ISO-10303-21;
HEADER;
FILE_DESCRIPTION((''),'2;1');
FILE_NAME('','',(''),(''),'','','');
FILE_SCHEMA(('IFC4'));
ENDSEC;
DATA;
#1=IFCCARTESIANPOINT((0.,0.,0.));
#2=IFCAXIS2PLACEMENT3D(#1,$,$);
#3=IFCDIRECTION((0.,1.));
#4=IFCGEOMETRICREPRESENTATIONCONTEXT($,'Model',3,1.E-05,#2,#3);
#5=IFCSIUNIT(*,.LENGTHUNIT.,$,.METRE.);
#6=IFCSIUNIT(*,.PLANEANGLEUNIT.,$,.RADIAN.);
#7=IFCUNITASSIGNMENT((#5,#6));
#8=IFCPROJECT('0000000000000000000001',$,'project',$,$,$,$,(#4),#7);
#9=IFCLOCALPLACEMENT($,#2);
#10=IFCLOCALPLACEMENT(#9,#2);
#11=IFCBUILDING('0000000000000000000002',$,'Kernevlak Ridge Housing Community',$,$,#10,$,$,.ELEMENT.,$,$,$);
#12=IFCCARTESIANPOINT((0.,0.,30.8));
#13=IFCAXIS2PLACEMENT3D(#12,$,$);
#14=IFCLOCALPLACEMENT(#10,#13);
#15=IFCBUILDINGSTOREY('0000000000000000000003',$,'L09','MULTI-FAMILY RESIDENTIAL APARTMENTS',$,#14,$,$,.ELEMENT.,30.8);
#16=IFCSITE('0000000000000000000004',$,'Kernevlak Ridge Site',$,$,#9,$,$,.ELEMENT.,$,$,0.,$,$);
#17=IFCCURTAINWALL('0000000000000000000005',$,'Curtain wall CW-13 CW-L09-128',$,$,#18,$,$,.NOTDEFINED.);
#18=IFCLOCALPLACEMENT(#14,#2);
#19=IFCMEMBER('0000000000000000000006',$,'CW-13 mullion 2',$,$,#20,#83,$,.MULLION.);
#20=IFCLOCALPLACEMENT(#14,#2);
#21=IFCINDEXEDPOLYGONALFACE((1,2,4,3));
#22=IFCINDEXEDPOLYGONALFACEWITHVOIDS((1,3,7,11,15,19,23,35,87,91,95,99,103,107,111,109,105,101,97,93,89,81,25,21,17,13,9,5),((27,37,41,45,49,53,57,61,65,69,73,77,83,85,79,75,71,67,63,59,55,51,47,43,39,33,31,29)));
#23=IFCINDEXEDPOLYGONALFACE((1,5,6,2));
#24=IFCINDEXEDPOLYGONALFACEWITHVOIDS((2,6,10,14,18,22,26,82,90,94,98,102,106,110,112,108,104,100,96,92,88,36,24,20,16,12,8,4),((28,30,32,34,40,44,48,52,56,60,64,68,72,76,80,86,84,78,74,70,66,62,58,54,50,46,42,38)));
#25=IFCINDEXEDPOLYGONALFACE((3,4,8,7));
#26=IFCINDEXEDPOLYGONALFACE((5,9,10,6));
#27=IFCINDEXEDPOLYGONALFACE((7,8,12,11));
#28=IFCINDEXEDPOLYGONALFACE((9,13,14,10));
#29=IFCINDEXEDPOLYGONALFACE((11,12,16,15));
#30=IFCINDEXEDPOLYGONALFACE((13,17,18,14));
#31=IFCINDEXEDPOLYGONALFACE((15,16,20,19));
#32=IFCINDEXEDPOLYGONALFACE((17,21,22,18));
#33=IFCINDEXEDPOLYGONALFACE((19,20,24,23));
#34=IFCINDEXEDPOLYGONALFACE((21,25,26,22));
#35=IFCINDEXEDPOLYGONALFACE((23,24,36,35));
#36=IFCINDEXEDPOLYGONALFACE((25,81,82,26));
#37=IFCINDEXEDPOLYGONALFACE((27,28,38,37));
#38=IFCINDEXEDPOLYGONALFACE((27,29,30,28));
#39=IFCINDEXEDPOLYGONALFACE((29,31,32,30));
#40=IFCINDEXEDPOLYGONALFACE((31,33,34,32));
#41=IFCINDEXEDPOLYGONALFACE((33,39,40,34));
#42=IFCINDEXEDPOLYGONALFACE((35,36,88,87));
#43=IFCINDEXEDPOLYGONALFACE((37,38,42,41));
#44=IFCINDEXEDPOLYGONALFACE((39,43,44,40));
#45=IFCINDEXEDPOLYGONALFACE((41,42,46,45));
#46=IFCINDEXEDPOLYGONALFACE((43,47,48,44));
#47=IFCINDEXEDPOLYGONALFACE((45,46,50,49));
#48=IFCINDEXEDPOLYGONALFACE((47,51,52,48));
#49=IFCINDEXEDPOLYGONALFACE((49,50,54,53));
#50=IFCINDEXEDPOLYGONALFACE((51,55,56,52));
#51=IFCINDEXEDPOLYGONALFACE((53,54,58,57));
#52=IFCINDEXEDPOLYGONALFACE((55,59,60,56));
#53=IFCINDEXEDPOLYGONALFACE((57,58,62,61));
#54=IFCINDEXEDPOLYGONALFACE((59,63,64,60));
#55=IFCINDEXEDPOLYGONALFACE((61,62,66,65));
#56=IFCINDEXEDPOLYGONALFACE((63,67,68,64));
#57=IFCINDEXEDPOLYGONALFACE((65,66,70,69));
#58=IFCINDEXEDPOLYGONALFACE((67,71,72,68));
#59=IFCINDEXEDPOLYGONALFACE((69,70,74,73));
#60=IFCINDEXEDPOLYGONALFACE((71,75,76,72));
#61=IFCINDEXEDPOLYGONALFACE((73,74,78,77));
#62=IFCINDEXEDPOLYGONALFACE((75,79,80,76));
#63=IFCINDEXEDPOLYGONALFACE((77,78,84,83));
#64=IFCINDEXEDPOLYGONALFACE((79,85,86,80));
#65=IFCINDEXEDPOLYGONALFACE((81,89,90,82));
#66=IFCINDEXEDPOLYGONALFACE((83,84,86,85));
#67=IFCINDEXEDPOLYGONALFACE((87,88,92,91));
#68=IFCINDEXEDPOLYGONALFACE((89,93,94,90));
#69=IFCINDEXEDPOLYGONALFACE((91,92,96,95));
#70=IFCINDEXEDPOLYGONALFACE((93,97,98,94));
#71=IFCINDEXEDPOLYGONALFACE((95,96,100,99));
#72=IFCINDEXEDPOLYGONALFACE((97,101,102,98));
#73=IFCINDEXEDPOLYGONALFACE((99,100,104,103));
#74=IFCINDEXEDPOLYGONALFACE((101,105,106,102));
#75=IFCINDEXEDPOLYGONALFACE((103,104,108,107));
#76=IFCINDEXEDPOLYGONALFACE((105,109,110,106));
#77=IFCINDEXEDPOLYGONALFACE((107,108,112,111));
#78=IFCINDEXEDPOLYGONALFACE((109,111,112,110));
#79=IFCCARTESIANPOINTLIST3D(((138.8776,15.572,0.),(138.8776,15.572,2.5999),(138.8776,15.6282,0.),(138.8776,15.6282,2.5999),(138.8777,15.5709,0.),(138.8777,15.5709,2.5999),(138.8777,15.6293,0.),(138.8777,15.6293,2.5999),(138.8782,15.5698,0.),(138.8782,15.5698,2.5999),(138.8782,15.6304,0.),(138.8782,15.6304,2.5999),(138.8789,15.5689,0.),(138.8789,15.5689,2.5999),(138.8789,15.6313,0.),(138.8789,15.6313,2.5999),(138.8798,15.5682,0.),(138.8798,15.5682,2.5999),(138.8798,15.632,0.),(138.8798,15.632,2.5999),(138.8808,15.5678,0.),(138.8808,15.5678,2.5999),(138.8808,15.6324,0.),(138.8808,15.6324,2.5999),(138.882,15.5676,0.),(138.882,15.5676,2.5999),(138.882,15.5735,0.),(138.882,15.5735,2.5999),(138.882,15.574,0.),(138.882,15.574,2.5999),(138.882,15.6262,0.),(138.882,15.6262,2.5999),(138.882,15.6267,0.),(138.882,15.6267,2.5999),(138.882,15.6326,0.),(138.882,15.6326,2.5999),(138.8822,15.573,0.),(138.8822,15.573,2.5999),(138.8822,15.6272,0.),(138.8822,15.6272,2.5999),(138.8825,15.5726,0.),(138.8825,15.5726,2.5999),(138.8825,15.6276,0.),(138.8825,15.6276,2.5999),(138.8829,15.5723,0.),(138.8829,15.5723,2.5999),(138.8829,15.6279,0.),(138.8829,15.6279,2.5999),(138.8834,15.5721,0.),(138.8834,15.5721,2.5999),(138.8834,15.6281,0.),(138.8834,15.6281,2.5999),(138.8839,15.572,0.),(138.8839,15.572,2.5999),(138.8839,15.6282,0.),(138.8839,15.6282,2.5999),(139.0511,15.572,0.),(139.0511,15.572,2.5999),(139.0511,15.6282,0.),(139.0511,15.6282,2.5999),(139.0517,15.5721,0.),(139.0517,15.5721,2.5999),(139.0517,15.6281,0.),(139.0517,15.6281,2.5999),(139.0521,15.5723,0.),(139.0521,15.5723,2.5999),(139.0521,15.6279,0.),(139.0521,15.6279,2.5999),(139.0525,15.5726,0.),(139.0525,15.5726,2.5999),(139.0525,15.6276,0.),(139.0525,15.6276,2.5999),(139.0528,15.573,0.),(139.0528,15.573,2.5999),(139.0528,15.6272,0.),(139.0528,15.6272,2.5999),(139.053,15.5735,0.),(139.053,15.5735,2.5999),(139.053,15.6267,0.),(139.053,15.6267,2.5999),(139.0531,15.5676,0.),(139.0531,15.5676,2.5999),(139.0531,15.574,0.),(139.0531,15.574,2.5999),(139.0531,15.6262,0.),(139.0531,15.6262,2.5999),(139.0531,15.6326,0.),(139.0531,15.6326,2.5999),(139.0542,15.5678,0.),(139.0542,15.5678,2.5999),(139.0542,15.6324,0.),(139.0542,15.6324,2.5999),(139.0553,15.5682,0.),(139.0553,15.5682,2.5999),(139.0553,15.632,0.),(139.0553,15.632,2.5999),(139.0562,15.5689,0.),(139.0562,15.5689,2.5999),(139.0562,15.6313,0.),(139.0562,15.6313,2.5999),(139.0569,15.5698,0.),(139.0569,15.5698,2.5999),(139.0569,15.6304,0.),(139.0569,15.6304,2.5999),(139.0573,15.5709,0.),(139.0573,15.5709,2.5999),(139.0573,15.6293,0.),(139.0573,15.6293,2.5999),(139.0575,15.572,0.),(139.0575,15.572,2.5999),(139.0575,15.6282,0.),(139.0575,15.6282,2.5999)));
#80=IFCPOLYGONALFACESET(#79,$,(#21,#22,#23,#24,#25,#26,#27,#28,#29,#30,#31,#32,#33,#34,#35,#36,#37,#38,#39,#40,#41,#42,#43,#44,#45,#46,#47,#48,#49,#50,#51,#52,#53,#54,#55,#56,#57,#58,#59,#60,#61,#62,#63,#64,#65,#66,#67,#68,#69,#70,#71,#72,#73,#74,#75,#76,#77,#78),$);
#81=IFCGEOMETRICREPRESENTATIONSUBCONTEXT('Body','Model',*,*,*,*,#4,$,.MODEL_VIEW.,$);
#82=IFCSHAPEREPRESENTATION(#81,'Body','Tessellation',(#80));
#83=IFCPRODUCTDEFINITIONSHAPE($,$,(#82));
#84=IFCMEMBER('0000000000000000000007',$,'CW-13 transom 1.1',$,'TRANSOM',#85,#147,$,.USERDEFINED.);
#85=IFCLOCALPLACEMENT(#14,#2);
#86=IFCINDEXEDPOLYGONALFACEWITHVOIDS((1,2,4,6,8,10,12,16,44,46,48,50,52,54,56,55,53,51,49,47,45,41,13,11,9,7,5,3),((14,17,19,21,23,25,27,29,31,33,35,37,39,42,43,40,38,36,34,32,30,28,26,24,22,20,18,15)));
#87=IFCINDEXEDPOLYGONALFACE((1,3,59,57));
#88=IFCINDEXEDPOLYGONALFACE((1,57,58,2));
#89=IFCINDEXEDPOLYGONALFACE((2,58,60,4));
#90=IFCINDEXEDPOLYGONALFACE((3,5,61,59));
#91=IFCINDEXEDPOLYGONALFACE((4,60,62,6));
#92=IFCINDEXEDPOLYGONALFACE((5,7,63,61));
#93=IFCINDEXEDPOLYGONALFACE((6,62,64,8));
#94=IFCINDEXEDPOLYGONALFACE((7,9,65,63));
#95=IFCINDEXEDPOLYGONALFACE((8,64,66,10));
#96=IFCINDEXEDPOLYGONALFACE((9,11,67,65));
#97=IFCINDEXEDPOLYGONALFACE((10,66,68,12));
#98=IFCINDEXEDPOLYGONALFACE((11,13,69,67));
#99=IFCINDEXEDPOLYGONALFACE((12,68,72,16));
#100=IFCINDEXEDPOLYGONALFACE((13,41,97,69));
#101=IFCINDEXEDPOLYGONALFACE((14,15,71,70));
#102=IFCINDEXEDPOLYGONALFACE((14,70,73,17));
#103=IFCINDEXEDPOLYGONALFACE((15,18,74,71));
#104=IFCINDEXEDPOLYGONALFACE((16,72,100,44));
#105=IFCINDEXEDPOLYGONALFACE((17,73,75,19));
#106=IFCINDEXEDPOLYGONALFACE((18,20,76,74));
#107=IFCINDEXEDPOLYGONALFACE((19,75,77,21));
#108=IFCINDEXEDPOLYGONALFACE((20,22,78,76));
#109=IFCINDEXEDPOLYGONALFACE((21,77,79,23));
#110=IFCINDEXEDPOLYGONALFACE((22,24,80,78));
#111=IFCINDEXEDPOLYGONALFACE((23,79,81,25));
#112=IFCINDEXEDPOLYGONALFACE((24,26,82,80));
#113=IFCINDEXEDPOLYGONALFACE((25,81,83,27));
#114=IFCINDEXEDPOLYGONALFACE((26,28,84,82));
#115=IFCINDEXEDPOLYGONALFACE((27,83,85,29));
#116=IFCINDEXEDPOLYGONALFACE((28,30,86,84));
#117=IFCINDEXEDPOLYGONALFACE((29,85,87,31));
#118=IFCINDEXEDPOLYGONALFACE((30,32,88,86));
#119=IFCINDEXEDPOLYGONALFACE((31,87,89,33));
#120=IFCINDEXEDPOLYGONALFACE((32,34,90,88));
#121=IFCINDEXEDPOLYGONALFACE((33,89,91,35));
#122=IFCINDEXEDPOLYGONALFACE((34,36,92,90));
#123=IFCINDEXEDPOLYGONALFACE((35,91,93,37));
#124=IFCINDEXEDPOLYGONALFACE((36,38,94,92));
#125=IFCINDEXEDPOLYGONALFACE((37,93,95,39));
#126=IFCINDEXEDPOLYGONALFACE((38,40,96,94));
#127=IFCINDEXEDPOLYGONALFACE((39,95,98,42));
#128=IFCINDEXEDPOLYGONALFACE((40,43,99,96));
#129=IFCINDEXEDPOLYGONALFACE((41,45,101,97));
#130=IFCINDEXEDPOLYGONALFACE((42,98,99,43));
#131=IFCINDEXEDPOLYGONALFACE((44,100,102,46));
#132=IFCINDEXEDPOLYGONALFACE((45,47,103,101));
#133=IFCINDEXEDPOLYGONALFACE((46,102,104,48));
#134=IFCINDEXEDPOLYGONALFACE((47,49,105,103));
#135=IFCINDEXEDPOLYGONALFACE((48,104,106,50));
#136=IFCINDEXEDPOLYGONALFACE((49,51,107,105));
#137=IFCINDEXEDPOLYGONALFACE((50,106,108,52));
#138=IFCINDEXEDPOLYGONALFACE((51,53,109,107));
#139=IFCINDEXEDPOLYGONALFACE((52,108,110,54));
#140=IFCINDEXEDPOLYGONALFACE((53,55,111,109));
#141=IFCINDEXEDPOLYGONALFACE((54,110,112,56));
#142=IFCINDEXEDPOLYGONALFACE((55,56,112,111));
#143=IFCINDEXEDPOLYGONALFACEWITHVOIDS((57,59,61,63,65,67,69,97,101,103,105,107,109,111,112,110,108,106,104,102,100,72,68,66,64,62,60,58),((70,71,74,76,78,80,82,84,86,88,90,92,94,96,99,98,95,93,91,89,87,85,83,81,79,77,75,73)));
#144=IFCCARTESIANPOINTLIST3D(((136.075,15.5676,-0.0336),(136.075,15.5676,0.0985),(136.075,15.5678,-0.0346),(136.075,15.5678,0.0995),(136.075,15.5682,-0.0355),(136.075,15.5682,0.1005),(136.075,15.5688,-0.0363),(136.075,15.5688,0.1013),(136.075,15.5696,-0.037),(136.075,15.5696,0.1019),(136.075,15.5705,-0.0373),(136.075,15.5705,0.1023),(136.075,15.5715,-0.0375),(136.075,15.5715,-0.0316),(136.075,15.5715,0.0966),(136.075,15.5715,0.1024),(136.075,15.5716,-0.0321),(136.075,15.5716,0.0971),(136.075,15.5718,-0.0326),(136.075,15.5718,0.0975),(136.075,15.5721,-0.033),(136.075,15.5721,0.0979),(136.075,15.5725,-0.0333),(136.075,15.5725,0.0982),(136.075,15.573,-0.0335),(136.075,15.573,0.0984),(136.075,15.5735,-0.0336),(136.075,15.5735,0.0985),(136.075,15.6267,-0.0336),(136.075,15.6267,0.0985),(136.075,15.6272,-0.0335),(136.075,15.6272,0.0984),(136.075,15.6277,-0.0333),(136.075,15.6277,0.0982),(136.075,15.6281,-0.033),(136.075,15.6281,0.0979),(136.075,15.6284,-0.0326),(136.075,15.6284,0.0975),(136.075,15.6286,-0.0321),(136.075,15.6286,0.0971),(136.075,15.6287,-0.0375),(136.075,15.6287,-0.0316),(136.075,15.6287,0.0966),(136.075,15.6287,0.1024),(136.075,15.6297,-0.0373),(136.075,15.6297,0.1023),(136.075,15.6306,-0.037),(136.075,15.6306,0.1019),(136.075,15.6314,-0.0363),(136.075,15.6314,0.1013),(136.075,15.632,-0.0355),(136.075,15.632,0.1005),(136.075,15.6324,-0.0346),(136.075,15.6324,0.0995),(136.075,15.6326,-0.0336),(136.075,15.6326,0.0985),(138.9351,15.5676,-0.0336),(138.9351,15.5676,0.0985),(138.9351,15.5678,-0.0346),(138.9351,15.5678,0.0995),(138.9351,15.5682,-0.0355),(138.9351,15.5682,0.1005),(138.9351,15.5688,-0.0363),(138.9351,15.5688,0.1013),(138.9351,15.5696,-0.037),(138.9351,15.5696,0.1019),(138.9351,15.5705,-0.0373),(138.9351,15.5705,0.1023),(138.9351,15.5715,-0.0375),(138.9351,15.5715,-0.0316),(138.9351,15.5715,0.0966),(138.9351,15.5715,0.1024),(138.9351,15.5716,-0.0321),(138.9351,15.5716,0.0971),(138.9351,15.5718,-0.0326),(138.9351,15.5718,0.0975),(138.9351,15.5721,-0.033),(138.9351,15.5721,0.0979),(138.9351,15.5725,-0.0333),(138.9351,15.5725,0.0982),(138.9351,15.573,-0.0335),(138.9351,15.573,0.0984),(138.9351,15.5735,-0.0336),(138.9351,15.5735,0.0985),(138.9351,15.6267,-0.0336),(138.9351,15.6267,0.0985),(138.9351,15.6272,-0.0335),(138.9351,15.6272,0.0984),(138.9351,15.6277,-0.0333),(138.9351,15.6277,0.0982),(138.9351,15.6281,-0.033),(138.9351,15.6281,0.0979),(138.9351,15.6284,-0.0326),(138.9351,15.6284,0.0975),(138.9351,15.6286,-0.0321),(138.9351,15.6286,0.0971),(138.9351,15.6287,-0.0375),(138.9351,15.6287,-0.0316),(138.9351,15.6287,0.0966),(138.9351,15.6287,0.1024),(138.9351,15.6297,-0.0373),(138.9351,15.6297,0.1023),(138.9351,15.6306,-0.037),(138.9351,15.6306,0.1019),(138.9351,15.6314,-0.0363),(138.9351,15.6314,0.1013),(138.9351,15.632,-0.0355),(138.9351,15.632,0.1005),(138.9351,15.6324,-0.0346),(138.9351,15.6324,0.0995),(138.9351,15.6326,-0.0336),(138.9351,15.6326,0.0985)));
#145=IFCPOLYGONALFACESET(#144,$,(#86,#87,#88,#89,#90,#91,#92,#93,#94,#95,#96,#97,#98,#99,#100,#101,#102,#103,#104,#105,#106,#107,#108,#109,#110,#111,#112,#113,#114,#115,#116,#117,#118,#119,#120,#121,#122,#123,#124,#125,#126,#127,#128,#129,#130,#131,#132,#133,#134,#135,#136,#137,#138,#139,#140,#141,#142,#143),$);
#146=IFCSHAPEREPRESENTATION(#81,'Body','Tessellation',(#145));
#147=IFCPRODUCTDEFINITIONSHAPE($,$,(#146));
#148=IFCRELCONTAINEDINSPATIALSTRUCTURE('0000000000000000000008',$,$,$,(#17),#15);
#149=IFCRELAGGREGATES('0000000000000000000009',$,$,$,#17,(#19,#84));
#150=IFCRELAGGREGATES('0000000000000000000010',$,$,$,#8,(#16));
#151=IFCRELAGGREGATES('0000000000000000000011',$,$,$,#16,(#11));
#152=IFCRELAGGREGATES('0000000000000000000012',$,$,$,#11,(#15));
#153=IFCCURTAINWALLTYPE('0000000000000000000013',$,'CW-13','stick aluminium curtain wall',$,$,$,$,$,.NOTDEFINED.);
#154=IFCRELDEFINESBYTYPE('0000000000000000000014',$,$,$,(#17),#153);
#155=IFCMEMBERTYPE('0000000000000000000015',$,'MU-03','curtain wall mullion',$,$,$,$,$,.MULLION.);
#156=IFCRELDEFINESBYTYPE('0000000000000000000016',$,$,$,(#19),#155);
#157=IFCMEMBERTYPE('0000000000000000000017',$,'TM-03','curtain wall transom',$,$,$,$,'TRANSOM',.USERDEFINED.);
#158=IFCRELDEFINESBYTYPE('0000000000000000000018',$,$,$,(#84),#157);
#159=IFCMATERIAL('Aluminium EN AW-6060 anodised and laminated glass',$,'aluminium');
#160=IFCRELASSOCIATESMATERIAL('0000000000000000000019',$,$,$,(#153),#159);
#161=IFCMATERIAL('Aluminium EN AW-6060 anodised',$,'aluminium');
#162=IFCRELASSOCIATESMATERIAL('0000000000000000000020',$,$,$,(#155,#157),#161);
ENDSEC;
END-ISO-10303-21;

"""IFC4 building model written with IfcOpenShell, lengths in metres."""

from ifc_helpers import new_model, si_unit, direction, frame, origin, origin_2d, place, context, subcontext, project, spatial, hollow_rectangle, extrude, material, material_profile, profile_set, type_object, element, aggregate, save


model = new_model("IFC4")

# Units and contexts
model_context = context("Model", 3, precision=1e-05, world=origin(), true_north=direction((0.0, 1.0)))
body_context = subcontext(model_context, "Body", "Model", "MODEL_VIEW")
ifc_project = project(units=[si_unit("LENGTHUNIT", "METRE"), si_unit("PLANEANGLEUNIT", "RADIAN")], contexts=[model_context])

# Site, building, storey
site_placement = place(None, origin())
site = spatial("IfcSite", under=ifc_project, at=site_placement, Name="Kernevlak Ridge Site", CompositionType="ELEMENT", RefElevation=0.0)
building_placement = place(site_placement, origin())
building = spatial("IfcBuilding", under=site, at=building_placement, Name="Kernevlak Ridge Housing Community", CompositionType="ELEMENT")
storey_placement = place(building_placement, frame((0.0, 0.0, 30.8)))
storey = spatial("IfcBuildingStorey", under=building, at=storey_placement, Name="L09", Description="MULTI-FAMILY RESIDENTIAL APARTMENTS", CompositionType="ELEMENT", Elevation=30.8)

# Shared definitions
ifc_material_1 = material(Name="Aluminium EN AW-6060 anodised and laminated glass", Category="aluminium")
ifc_material_2 = material(Name="Aluminium EN AW-6060 anodised", Category="aluminium")

# Curtain wall, members
curtain_wall_type_1 = type_object("IfcCurtainWallType", Name="CW-13", Description="stick aluminium curtain wall", PredefinedType="NOTDEFINED", material=ifc_material_1)
curtain_wall_1_placement = place(storey_placement, origin())
curtain_wall_1 = element("IfcCurtainWall", 1, at=curtain_wall_1_placement, inside=storey, type_object=curtain_wall_type_1, Name="Curtain wall CW-13 CW-L09-128", PredefinedType="NOTDEFINED")
ifc_material_profile_1 = material_profile(ifc_material_2, hollow_rectangle(XDim=0.0649, YDim=0.1799, WallThickness=0.0044, InnerFilletRadius=0.002, OuterFilletRadius=0.0044, at=origin_2d()), Name="ALU 65x180x4.5")
ifc_profile_set_1 = profile_set([ifc_material_profile_1], Name="Aluminium EN AW-6060 anodised")
member_type_1 = type_object("IfcMemberType", Name="MU-03", Description="curtain wall mullion", PredefinedType="MULLION", material=ifc_profile_set_1)
member_1_placement = place(storey_placement, frame((138.9675, 15.6001, 0.0), z_axis=(0.0, 0.0, 1.0), x_axis=(0.0, 1.0, 0.0)))
member_1 = element("IfcMember", 2, at=member_1_placement, type_object=member_type_1, Name="CW-13 mullion 2", PredefinedType="MULLION", context=body_context, shape_type="SweptSolid", body=[
    extrude(hollow_rectangle(XDim=0.0649, YDim=0.1799, WallThickness=0.0044, InnerFilletRadius=0.002, OuterFilletRadius=0.0044, at=origin_2d()), origin(), (0.0, 0.0, 1.0), 2.5999),
])
ifc_material_profile_2 = material_profile(ifc_material_2, hollow_rectangle(XDim=0.0649, YDim=0.1399, WallThickness=0.0039, InnerFilletRadius=0.002, OuterFilletRadius=0.0039, at=origin_2d()), Name="ALU 65x140x4")
ifc_profile_set_2 = profile_set([ifc_material_profile_2], Name="Aluminium EN AW-6060 anodised")
member_type_2 = type_object("IfcMemberType", Name="TM-03", Description="curtain wall transom", ElementType="TRANSOM", PredefinedType="USERDEFINED", material=ifc_profile_set_2)
member_2_placement = place(storey_placement, frame((136.075, 15.6001, 0.0325), z_axis=(1.0, 0.0, 0.0), x_axis=(0.0, 1.0, 0.0)))
member_2 = element("IfcMember", 3, at=member_2_placement, type_object=member_type_2, Name="CW-13 transom 1.1", ObjectType="TRANSOM", PredefinedType="USERDEFINED", context=body_context, shape_type="SweptSolid", body=[
    extrude(hollow_rectangle(XDim=0.0649, YDim=0.1399, WallThickness=0.0039, InnerFilletRadius=0.002, OuterFilletRadius=0.0039, at=origin_2d()), origin(), (0.0, 0.0, 1.0), 2.8601),
])
aggregate(curtain_wall_1, [member_1, member_2])

save(model, "model.ifc")
